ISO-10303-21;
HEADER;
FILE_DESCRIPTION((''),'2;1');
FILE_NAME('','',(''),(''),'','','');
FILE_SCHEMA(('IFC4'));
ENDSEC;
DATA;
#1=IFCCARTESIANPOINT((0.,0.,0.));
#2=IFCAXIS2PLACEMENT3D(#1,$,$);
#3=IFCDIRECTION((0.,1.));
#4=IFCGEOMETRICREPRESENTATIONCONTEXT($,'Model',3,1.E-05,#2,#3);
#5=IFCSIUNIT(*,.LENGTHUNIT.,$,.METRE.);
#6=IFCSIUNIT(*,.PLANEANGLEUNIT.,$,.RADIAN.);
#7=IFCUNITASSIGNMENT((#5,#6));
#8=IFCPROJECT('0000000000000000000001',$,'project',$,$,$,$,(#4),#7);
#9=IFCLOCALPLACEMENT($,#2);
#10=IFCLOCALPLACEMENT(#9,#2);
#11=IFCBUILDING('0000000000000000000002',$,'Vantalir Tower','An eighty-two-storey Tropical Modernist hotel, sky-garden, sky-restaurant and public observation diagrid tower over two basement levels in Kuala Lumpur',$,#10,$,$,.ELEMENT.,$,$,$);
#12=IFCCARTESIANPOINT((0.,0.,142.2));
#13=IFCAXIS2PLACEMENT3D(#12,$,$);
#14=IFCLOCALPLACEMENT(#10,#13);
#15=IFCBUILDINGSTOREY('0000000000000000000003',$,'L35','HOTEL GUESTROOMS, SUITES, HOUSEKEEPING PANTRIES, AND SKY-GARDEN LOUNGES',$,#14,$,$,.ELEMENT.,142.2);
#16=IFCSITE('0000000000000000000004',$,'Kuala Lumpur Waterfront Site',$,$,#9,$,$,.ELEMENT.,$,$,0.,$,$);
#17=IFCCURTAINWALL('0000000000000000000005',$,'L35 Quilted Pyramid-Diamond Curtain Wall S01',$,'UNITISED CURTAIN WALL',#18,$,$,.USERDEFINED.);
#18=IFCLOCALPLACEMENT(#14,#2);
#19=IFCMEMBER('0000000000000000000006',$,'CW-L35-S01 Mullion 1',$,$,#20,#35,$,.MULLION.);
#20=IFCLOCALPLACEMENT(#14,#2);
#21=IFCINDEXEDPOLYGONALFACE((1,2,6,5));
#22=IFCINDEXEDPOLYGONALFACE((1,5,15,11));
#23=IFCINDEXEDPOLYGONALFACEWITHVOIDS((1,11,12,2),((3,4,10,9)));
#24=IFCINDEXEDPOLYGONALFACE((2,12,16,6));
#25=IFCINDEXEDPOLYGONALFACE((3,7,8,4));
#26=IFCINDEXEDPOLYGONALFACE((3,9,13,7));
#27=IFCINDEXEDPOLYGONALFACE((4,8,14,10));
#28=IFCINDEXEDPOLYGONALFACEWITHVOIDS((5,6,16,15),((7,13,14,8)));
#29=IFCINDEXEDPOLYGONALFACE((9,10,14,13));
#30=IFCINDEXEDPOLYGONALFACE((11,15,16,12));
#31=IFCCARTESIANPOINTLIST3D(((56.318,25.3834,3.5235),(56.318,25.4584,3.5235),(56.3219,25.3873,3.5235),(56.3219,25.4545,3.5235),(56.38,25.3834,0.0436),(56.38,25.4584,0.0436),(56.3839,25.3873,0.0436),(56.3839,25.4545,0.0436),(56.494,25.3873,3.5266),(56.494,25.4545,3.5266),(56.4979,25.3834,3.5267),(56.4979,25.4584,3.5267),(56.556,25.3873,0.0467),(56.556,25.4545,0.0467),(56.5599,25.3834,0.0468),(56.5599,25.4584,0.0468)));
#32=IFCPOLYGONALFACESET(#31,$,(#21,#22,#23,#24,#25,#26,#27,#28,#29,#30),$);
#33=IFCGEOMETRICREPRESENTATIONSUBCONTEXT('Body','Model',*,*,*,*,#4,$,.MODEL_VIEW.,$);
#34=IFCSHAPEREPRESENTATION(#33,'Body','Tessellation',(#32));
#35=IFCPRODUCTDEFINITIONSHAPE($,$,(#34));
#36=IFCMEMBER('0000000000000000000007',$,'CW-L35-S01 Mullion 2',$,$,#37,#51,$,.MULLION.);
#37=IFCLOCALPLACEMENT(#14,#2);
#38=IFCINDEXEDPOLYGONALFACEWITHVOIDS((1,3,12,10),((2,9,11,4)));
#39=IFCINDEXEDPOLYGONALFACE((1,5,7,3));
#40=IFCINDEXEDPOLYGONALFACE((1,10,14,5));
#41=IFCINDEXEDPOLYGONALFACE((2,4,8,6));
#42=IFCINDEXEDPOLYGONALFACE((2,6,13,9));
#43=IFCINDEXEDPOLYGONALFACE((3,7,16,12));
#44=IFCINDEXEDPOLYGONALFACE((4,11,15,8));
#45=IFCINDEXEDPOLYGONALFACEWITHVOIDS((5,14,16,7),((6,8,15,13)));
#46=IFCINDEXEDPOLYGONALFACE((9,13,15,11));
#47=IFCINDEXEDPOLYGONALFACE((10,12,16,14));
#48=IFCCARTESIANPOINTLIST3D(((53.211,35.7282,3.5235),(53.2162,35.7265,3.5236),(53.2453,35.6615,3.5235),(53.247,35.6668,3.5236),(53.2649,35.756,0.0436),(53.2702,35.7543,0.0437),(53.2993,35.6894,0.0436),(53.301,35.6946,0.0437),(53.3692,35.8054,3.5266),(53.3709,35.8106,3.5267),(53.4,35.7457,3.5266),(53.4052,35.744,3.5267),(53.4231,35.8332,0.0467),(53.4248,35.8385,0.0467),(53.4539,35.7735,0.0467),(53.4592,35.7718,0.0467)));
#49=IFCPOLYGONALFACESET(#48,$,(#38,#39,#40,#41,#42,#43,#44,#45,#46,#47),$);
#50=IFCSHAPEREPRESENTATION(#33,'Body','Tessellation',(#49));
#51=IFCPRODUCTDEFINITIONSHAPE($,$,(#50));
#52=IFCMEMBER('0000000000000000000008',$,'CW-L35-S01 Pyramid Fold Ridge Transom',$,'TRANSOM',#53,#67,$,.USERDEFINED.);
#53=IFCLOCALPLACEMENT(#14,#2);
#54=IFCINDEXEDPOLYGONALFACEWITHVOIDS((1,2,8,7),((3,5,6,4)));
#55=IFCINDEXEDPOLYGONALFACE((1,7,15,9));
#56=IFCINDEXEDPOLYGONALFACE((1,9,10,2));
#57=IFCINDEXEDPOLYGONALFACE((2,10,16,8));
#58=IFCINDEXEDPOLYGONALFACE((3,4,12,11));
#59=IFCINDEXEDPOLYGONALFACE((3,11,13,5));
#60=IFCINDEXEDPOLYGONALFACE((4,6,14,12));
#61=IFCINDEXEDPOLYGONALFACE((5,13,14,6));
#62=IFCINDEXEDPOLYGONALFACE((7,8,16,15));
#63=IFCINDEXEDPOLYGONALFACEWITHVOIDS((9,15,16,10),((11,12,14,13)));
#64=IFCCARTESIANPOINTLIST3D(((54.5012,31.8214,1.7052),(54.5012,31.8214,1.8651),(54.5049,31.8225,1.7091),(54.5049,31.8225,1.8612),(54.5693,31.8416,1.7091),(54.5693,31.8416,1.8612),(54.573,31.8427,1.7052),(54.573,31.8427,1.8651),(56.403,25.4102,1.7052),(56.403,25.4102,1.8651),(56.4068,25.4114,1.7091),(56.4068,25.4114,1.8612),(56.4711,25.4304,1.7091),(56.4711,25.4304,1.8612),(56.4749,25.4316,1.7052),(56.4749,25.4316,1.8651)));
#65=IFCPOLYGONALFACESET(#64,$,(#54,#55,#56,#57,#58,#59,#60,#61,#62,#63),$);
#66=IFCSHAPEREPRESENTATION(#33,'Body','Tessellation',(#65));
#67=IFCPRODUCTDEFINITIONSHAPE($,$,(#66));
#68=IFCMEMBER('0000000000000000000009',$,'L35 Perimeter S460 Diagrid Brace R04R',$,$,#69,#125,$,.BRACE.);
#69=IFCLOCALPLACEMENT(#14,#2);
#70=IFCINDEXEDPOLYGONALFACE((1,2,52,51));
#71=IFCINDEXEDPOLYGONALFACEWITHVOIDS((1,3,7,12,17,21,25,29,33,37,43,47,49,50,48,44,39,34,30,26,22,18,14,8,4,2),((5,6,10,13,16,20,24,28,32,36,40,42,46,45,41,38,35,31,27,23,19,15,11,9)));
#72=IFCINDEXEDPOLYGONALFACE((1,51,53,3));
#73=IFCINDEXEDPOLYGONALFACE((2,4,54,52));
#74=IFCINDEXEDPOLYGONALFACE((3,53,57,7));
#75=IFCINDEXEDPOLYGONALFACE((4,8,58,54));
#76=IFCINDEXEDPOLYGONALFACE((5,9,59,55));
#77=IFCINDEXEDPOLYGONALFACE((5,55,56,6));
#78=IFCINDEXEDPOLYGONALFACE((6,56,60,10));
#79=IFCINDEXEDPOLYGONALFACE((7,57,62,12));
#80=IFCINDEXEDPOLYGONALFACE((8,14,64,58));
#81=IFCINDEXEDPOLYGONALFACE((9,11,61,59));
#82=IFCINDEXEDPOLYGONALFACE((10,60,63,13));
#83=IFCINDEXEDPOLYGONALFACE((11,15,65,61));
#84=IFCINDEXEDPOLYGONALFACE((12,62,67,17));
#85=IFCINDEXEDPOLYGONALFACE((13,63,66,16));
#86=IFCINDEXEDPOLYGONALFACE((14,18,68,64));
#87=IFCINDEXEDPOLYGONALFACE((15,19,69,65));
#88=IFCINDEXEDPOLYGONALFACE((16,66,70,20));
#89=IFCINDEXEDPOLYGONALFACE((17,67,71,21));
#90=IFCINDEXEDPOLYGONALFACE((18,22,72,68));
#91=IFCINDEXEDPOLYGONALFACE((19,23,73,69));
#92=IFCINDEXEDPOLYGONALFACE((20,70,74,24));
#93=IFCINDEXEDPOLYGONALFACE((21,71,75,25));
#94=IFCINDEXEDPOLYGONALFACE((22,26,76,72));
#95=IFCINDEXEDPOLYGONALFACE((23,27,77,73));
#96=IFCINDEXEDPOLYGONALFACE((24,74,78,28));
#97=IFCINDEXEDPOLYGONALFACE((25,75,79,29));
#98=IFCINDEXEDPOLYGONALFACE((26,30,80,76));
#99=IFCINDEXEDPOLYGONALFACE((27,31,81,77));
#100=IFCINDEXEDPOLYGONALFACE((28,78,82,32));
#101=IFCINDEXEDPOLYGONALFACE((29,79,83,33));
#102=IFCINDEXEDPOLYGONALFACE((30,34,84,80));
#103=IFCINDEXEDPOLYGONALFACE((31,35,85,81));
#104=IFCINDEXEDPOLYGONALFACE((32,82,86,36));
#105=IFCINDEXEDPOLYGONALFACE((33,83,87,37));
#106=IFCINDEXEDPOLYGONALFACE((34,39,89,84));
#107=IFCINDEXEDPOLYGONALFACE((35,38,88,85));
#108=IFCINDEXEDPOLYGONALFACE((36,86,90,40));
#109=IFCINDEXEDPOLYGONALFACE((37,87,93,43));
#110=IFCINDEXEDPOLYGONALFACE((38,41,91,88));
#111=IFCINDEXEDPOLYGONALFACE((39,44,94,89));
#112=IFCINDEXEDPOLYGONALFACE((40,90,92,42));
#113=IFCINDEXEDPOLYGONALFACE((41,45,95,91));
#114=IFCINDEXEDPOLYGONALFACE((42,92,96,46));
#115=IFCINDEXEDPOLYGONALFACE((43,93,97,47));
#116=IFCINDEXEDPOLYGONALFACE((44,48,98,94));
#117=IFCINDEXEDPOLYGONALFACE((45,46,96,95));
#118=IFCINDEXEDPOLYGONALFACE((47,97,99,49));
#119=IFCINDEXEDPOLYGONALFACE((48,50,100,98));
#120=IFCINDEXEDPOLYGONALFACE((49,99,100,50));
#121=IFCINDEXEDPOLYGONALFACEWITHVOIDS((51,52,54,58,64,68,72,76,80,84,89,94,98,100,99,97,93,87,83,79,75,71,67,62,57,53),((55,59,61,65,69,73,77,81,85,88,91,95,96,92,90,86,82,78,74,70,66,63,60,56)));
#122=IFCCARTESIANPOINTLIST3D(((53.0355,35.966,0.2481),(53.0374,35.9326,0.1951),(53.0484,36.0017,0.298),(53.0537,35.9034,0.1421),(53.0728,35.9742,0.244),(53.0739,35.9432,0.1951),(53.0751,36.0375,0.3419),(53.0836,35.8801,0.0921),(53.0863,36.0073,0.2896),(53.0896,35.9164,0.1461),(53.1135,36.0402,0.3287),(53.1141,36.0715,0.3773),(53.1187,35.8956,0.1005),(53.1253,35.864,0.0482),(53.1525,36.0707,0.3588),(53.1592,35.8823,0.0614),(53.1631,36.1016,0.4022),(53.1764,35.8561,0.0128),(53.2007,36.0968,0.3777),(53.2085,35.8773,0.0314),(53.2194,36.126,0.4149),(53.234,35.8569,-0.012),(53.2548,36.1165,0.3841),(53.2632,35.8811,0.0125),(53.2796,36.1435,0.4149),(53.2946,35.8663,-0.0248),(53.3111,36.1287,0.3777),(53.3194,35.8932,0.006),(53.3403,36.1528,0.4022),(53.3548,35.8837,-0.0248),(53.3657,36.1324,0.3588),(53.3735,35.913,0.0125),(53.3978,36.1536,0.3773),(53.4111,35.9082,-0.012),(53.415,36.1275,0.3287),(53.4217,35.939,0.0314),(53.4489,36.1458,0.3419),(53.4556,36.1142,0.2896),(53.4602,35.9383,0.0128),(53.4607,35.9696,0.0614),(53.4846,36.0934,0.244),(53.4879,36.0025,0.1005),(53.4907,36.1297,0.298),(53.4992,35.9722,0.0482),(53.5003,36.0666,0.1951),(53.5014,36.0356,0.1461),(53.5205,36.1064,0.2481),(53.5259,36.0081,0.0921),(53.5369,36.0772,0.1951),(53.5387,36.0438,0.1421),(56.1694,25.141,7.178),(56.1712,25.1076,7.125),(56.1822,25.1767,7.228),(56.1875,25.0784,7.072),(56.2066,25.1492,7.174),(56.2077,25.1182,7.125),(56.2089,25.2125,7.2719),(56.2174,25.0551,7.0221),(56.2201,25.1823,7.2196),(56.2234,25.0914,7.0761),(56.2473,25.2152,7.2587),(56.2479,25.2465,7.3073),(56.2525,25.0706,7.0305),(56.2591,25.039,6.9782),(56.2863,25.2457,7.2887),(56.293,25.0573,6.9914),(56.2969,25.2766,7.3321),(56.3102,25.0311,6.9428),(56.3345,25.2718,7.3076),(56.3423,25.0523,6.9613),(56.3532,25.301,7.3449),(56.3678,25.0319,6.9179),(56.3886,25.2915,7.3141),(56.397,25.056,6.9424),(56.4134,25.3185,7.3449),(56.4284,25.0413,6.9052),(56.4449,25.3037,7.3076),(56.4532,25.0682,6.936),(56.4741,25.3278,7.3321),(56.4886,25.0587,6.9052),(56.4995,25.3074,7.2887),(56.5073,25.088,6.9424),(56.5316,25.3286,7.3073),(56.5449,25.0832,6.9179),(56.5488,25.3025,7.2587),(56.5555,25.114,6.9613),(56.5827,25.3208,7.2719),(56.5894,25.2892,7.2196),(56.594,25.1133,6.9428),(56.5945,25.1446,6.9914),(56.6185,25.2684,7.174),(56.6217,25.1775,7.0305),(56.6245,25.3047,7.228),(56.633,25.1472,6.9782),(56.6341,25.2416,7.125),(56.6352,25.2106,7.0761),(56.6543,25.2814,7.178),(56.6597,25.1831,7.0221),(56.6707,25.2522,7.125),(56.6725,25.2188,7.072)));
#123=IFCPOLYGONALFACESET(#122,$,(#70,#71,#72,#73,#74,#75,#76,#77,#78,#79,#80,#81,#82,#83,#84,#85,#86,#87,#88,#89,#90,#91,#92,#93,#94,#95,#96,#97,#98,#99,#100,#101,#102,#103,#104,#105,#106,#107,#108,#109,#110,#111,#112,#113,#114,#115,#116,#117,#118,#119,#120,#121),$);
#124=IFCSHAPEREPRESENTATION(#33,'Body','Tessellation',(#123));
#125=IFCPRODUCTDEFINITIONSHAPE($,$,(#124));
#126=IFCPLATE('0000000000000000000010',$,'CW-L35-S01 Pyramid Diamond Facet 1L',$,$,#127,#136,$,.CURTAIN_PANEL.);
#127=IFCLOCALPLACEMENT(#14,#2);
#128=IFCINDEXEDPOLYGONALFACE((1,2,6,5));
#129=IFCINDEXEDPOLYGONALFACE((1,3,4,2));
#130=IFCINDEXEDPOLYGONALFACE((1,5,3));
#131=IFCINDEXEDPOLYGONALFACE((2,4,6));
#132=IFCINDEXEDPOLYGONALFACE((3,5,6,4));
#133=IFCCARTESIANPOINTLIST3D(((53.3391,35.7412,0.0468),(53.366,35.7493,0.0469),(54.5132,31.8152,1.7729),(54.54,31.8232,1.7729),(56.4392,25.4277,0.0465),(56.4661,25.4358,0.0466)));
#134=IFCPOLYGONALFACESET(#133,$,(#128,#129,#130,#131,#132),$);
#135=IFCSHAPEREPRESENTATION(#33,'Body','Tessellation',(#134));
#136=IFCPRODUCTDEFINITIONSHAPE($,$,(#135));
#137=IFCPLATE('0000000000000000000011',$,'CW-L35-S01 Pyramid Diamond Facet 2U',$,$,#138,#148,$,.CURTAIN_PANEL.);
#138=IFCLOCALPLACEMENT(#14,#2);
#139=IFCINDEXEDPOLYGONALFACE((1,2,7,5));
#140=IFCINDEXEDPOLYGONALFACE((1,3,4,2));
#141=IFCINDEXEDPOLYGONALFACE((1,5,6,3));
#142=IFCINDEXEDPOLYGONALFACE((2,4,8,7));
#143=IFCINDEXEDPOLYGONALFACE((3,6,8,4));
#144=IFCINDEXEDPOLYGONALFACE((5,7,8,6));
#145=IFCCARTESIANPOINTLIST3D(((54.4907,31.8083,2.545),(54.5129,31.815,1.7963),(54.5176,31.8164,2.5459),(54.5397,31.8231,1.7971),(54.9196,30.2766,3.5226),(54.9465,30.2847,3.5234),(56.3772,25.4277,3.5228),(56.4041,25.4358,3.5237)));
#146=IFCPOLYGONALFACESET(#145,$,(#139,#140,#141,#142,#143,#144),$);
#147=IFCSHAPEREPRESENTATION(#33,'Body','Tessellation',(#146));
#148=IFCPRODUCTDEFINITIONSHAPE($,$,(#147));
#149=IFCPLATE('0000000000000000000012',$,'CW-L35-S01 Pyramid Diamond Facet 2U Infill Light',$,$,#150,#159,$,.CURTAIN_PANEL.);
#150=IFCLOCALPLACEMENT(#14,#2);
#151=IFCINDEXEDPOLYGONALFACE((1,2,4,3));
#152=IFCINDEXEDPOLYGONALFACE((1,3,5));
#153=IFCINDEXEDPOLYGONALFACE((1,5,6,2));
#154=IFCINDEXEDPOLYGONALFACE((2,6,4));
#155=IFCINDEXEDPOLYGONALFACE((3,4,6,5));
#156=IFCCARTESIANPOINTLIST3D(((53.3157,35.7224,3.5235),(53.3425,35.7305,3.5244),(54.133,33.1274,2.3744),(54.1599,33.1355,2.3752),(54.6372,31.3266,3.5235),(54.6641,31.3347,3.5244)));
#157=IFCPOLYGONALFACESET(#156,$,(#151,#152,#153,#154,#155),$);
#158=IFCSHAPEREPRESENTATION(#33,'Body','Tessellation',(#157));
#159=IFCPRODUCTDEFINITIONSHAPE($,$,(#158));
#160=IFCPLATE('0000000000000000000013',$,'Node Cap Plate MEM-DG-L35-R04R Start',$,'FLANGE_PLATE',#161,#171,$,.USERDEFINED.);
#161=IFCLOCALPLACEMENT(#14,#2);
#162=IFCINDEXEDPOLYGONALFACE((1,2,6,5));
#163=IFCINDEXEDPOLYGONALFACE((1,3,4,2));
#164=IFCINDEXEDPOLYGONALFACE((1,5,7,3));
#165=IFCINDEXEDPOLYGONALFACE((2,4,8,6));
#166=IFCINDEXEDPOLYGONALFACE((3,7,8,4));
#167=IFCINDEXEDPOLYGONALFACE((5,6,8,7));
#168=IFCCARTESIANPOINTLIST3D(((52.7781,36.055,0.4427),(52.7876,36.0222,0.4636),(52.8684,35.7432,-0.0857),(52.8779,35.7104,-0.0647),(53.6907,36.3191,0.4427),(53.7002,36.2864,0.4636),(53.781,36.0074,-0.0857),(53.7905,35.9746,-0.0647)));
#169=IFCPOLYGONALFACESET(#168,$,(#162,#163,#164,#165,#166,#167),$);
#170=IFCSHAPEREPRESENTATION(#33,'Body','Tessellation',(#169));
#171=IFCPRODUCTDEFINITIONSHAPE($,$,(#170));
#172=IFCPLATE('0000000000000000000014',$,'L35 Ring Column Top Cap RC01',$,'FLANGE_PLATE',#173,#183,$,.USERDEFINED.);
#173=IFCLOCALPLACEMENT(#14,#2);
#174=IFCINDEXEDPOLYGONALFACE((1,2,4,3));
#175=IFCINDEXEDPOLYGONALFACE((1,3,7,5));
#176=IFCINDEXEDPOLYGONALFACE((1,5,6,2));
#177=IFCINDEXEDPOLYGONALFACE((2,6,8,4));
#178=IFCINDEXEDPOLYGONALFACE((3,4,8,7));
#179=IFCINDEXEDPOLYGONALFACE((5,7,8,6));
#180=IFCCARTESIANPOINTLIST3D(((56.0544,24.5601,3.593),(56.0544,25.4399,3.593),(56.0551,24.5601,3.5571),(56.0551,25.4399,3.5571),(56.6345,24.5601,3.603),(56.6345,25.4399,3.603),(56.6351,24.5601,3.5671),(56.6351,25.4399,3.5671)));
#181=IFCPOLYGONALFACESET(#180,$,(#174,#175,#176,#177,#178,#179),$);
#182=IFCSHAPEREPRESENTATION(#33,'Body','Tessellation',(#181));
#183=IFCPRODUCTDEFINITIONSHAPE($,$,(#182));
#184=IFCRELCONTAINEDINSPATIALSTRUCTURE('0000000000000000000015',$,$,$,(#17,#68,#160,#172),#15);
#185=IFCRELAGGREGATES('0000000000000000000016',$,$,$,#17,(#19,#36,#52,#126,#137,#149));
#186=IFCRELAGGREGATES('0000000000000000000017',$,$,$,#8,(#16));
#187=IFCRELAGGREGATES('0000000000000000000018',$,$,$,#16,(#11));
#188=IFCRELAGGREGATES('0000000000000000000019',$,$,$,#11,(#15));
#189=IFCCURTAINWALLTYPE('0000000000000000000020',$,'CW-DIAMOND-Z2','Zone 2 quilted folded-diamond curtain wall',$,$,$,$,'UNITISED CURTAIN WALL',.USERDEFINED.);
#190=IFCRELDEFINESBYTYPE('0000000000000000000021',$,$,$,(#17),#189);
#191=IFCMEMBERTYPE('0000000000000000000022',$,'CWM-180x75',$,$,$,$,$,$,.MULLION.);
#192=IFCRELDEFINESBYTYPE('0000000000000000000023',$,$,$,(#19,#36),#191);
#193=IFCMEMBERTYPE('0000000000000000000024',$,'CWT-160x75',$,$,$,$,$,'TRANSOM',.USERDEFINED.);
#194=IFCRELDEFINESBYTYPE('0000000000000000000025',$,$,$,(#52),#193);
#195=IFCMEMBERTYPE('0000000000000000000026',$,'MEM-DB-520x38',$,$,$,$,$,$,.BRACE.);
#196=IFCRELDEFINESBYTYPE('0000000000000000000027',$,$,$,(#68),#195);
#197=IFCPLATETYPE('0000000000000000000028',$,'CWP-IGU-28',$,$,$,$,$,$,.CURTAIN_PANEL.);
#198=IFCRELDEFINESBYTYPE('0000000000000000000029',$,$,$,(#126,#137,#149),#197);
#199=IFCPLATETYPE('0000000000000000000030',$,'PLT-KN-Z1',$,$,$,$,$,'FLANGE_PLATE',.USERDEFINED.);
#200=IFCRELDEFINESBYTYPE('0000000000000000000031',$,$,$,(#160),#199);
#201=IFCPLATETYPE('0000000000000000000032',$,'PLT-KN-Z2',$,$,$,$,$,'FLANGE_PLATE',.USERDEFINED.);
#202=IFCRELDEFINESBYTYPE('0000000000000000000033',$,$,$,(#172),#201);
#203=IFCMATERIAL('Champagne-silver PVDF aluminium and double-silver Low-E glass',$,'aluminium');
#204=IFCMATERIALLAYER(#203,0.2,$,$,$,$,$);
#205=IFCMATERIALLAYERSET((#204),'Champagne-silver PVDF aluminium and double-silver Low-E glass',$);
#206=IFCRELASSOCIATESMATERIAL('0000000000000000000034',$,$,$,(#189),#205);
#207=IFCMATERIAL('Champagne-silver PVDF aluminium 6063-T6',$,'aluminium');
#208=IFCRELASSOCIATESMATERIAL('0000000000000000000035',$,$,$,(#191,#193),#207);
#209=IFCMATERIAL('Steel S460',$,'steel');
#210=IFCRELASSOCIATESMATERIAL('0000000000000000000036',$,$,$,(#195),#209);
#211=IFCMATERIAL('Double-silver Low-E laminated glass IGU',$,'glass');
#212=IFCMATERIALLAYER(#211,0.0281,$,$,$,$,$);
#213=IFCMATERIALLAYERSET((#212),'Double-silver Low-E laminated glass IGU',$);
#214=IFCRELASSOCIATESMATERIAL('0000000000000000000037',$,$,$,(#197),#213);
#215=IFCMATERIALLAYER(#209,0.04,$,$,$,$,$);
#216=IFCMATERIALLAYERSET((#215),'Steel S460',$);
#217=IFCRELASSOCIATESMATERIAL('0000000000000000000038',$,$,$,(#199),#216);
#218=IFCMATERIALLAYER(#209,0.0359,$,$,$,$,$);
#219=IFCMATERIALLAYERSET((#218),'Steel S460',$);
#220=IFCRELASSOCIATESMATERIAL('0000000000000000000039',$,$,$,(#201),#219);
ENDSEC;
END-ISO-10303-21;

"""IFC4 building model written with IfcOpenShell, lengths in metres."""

from ifc_helpers import new_model, si_unit, direction, frame, origin, origin_2d, place, context, subcontext, project, spatial, polyline, hollow_rectangle, hollow_circle, outline, extrude, material, layer, layer_set, material_profile, profile_set, type_object, element, aggregate, save


model = new_model("IFC4")

# Units and contexts
model_context = context("Model", 3, precision=1e-05, world=origin(), true_north=direction((0.0, 1.0)))
body_context = subcontext(model_context, "Body", "Model", "MODEL_VIEW")
ifc_project = project(units=[si_unit("LENGTHUNIT", "METRE"), si_unit("PLANEANGLEUNIT", "RADIAN")], contexts=[model_context])

# Site, building, storey
site_placement = place(None, origin())
site = spatial("IfcSite", under=ifc_project, at=site_placement, Name="Kuala Lumpur Waterfront Site", CompositionType="ELEMENT", RefElevation=0.0)
building_placement = place(site_placement, origin())
building = spatial("IfcBuilding", under=site, at=building_placement, Name="Vantalir Tower", Description="An eighty-two-storey Tropical Modernist hotel, sky-garden, sky-restaurant and public observation diagrid tower over two basement levels in Kuala Lumpur", CompositionType="ELEMENT")
storey_placement = place(building_placement, frame((0.0, 0.0, 142.2)))
storey = spatial("IfcBuildingStorey", under=building, at=storey_placement, Name="L35", Description="HOTEL GUESTROOMS, SUITES, HOUSEKEEPING PANTRIES, AND SKY-GARDEN LOUNGES", CompositionType="ELEMENT", Elevation=142.2)

# Shared definitions
ifc_material_1 = material(Name="Steel S460", Category="steel")

# Curtain wall, members
ifc_material_2 = material(Name="Champagne-silver PVDF aluminium and double-silver Low-E glass", Category="aluminium")
ifc_layer_1 = layer(ifc_material_2, 0.2)
ifc_layer_set_1 = layer_set([ifc_layer_1], Name="Champagne-silver PVDF aluminium and double-silver Low-E glass")
curtain_wall_type = type_object("IfcCurtainWallType", Name="CW-DIAMOND-Z2", Description="Zone 2 quilted folded-diamond curtain wall", ElementType="UNITISED CURTAIN WALL", PredefinedType="USERDEFINED", material=ifc_layer_set_1)
curtain_wall_placement = place(storey_placement, origin())
curtain_wall = element("IfcCurtainWall", 1, at=curtain_wall_placement, inside=storey, type_object=curtain_wall_type, Name="L35 Quilted Pyramid-Diamond Curtain Wall S01", ObjectType="UNITISED CURTAIN WALL", PredefinedType="USERDEFINED")
ifc_material_3 = material(Name="Champagne-silver PVDF aluminium 6063-T6", Category="aluminium")
ifc_material_profile_1 = material_profile(ifc_material_3, hollow_rectangle(XDim=0.075, YDim=0.1799, WallThickness=0.0039, at=origin_2d()), Name="Champagne-silver PVDF aluminium 6063-T6")
ifc_profile_set_1 = profile_set([ifc_material_profile_1], Name="Champagne-silver PVDF aluminium 6063-T6")
member_type_1 = type_object("IfcMemberType", Name="CWM-180x75", PredefinedType="MULLION", material=ifc_profile_set_1)
member_1_placement = place(storey_placement, frame((56.47, 25.4209, 0.0452), z_axis=(-0.017817, 0.0, 0.999841), x_axis=(0.0, -1.0, 0.0)))
member_1 = element("IfcMember", 2, at=member_1_placement, type_object=member_type_1, Name="CW-L35-S01 Mullion 1", PredefinedType="MULLION", context=body_context, shape_type="SweptSolid", body=[
    extrude(hollow_rectangle(XDim=0.075, YDim=0.1799, WallThickness=0.0039, at=origin_2d()), origin(), (0.0, 0.0, 1.0), 3.4805),
])
member_2_placement = place(storey_placement, frame((53.3621, 35.7639, 0.0452), z_axis=(-0.015502, -0.007997, 0.999848), x_axis=(0.458438, -0.888726, 0.0)))
member_2 = element("IfcMember", 3, at=member_2_placement, type_object=member_type_1, Name="CW-L35-S01 Mullion 2", PredefinedType="MULLION", context=body_context, shape_type="SweptSolid", body=[
    extrude(hollow_rectangle(XDim=0.075, YDim=0.1799, WallThickness=0.0039, at=origin_2d()), origin(), (0.0, 0.0, 1.0), 3.4805),
])
ifc_material_profile_2 = material_profile(ifc_material_3, hollow_rectangle(XDim=0.075, YDim=0.1599, WallThickness=0.0039, at=origin_2d()), Name="Champagne-silver PVDF aluminium 6063-T6")
ifc_profile_set_2 = profile_set([ifc_material_profile_2], Name="Champagne-silver PVDF aluminium 6063-T6")
member_type_2 = type_object("IfcMemberType", Name="CWT-160x75", ElementType="TRANSOM", PredefinedType="USERDEFINED", material=ifc_profile_set_2)
member_3_placement = place(storey_placement, frame((56.439, 25.4209, 1.7852), z_axis=(-0.284399, 0.958706, 0.0), x_axis=(-0.958706, -0.284399, 0.0)))
member_3 = element("IfcMember", 4, at=member_3_placement, type_object=member_type_2, Name="CW-L35-S01 Pyramid Fold Ridge Transom", ObjectType="TRANSOM", PredefinedType="USERDEFINED", context=body_context, shape_type="SweptSolid", body=[
    extrude(hollow_rectangle(XDim=0.075, YDim=0.1599, WallThickness=0.0039, at=origin_2d()), origin(), (0.0, 0.0, 1.0), 6.6873),
])

# Member
ifc_material_profile_3 = material_profile(ifc_material_1, hollow_circle(Radius=0.26, WallThickness=0.0381, at=origin_2d()), Name="Steel S460")
ifc_profile_set_3 = profile_set([ifc_material_profile_3], Name="Steel S460")
member_type_3 = type_object("IfcMemberType", Name="MEM-DB-520x38", PredefinedType="BRACE", material=ifc_profile_set_3)
member_4_placement = place(storey_placement, frame((53.2871, 36.0049, 0.1951), z_axis=(0.236876, -0.818233, 0.523817), x_axis=(0.960558, 0.278079, 0.0)))
element("IfcMember", 5, at=member_4_placement, inside=storey, type_object=member_type_3, Name="L35 Perimeter S460 Diagrid Brace R04R", PredefinedType="BRACE", context=body_context, shape_type="SweptSolid", body=[
    extrude(hollow_circle(Radius=0.26, WallThickness=0.0381, at=origin_2d()), origin(), (0.0, 0.0, 1.0), 13.2297),
])

# Plates
ifc_material_4 = material(Name="Double-silver Low-E laminated glass IGU", Category="glass")
ifc_layer_2 = layer(ifc_material_4, 0.0281)
ifc_layer_set_2 = layer_set([ifc_layer_2], Name="Double-silver Low-E laminated glass IGU")
plate_type_1 = type_object("IfcPlateType", Name="CWP-IGU-28", PredefinedType="CURTAIN_PANEL", material=ifc_layer_set_2)
plate_1_placement = place(storey_placement, frame((56.4661, 25.4358, 0.0466), z_axis=(0.957666, 0.287862, 0.003351), x_axis=(-0.287864, 0.957671, 0.000023)))
plate_1 = element("IfcPlate", 6, at=plate_1_placement, type_object=plate_type_1, Name="CW-L35-S01 Pyramid Diamond Facet 1L", PredefinedType="CURTAIN_PANEL", context=body_context, shape_type="SweptSolid", body=[
    extrude(outline(polyline([(0.0, 0.0), (10.7693, 0.0), (6.6716, 1.7262), (0.0, 0.0)])), origin(), (0.0, 0.0, -1.0), 0.0281),
])
plate_2_placement = place(storey_placement, frame((56.4041, 25.4358, 3.5237), z_axis=(0.957211, 0.287738, 0.030876), x_axis=(-0.287874, 0.957668, -0.000047)))
plate_2 = element("IfcPlate", 7, at=plate_2_placement, type_object=plate_type_1, Name="CW-L35-S01 Pyramid Diamond Facet 2U", PredefinedType="CURTAIN_PANEL", context=body_context, shape_type="SweptSolid", body=[
    extrude(outline(polyline([(0.0, 0.0), (5.0633, 0.0), (6.6536, -0.9779), (6.6536, -1.7271), (0.0, 0.0)])), origin(), (0.0, 0.0, -1.0), 0.0281),
])
plate_3_placement = place(storey_placement, frame((54.6641, 31.3347, 3.5244), z_axis=(0.957197, 0.28777, 0.031014), x_axis=(-0.287909, 0.957658, 0.0)))
plate_3 = element("IfcPlate", 8, at=plate_3_placement, type_object=plate_type_1, Name="CW-L35-S01 Pyramid Diamond Facet 2U Infill Light", PredefinedType="CURTAIN_PANEL", context=body_context, shape_type="SweptSolid", body=[
    extrude(outline(polyline([(0.0, 0.0), (4.5901, 0.0), (1.8697, -1.1497), (0.0, 0.0)])), origin(), (0.0, 0.0, -1.0), 0.0281),
])
aggregate(curtain_wall, [member_1, member_2, member_3, plate_1, plate_2, plate_3])

# Plates
ifc_layer_3 = layer(ifc_material_1, 0.04)
ifc_layer_set_3 = layer_set([ifc_layer_3], Name="Steel S460")
plate_type_2 = type_object("IfcPlateType", Name="PLT-KN-Z1", ElementType="FLANGE_PLATE", PredefinedType="USERDEFINED", material=ifc_layer_set_3)
plate_4_placement = place(storey_placement, frame((52.8779, 35.7104, -0.0647), z_axis=(0.236906, -0.818442, 0.523477), x_axis=(0.960568, 0.278046, 0.0)))
element("IfcPlate", 9, at=plate_4_placement, inside=storey, type_object=plate_type_2, Name="Node Cap Plate MEM-DG-L35-R04R Start", ObjectType="FLANGE_PLATE", PredefinedType="USERDEFINED", context=body_context, shape_type="SweptSolid", body=[
    extrude(outline(polyline([(0.0, 0.0), (0.9501, 0.0), (0.95, 0.6201), (-0.0001, 0.6201), (0.0, 0.0)])), origin(), (0.0, 0.0, -1.0), 0.04),
])
ifc_layer_4 = layer(ifc_material_1, 0.0359)
ifc_layer_set_4 = layer_set([ifc_layer_4], Name="Steel S460")
plate_type_3 = type_object("IfcPlateType", Name="PLT-KN-Z2", ElementType="FLANGE_PLATE", PredefinedType="USERDEFINED", material=ifc_layer_set_4)
plate_5_placement = place(storey_placement, frame((56.0544, 25.4399, 3.593), z_axis=(-0.017253, 0.0, 0.999851), x_axis=(0.0, -1.0, 0.0)))
element("IfcPlate", 10, at=plate_5_placement, inside=storey, type_object=plate_type_3, Name="L35 Ring Column Top Cap RC01", ObjectType="FLANGE_PLATE", PredefinedType="USERDEFINED", context=body_context, shape_type="SweptSolid", body=[
    extrude(outline(polyline([(0.0, 0.0), (0.8799, 0.0), (0.8799, 0.5802), (0.0, 0.5802), (0.0, 0.0)])), origin(), (0.0, 0.0, -1.0), 0.0359),
])

save(model, "model.ifc")
